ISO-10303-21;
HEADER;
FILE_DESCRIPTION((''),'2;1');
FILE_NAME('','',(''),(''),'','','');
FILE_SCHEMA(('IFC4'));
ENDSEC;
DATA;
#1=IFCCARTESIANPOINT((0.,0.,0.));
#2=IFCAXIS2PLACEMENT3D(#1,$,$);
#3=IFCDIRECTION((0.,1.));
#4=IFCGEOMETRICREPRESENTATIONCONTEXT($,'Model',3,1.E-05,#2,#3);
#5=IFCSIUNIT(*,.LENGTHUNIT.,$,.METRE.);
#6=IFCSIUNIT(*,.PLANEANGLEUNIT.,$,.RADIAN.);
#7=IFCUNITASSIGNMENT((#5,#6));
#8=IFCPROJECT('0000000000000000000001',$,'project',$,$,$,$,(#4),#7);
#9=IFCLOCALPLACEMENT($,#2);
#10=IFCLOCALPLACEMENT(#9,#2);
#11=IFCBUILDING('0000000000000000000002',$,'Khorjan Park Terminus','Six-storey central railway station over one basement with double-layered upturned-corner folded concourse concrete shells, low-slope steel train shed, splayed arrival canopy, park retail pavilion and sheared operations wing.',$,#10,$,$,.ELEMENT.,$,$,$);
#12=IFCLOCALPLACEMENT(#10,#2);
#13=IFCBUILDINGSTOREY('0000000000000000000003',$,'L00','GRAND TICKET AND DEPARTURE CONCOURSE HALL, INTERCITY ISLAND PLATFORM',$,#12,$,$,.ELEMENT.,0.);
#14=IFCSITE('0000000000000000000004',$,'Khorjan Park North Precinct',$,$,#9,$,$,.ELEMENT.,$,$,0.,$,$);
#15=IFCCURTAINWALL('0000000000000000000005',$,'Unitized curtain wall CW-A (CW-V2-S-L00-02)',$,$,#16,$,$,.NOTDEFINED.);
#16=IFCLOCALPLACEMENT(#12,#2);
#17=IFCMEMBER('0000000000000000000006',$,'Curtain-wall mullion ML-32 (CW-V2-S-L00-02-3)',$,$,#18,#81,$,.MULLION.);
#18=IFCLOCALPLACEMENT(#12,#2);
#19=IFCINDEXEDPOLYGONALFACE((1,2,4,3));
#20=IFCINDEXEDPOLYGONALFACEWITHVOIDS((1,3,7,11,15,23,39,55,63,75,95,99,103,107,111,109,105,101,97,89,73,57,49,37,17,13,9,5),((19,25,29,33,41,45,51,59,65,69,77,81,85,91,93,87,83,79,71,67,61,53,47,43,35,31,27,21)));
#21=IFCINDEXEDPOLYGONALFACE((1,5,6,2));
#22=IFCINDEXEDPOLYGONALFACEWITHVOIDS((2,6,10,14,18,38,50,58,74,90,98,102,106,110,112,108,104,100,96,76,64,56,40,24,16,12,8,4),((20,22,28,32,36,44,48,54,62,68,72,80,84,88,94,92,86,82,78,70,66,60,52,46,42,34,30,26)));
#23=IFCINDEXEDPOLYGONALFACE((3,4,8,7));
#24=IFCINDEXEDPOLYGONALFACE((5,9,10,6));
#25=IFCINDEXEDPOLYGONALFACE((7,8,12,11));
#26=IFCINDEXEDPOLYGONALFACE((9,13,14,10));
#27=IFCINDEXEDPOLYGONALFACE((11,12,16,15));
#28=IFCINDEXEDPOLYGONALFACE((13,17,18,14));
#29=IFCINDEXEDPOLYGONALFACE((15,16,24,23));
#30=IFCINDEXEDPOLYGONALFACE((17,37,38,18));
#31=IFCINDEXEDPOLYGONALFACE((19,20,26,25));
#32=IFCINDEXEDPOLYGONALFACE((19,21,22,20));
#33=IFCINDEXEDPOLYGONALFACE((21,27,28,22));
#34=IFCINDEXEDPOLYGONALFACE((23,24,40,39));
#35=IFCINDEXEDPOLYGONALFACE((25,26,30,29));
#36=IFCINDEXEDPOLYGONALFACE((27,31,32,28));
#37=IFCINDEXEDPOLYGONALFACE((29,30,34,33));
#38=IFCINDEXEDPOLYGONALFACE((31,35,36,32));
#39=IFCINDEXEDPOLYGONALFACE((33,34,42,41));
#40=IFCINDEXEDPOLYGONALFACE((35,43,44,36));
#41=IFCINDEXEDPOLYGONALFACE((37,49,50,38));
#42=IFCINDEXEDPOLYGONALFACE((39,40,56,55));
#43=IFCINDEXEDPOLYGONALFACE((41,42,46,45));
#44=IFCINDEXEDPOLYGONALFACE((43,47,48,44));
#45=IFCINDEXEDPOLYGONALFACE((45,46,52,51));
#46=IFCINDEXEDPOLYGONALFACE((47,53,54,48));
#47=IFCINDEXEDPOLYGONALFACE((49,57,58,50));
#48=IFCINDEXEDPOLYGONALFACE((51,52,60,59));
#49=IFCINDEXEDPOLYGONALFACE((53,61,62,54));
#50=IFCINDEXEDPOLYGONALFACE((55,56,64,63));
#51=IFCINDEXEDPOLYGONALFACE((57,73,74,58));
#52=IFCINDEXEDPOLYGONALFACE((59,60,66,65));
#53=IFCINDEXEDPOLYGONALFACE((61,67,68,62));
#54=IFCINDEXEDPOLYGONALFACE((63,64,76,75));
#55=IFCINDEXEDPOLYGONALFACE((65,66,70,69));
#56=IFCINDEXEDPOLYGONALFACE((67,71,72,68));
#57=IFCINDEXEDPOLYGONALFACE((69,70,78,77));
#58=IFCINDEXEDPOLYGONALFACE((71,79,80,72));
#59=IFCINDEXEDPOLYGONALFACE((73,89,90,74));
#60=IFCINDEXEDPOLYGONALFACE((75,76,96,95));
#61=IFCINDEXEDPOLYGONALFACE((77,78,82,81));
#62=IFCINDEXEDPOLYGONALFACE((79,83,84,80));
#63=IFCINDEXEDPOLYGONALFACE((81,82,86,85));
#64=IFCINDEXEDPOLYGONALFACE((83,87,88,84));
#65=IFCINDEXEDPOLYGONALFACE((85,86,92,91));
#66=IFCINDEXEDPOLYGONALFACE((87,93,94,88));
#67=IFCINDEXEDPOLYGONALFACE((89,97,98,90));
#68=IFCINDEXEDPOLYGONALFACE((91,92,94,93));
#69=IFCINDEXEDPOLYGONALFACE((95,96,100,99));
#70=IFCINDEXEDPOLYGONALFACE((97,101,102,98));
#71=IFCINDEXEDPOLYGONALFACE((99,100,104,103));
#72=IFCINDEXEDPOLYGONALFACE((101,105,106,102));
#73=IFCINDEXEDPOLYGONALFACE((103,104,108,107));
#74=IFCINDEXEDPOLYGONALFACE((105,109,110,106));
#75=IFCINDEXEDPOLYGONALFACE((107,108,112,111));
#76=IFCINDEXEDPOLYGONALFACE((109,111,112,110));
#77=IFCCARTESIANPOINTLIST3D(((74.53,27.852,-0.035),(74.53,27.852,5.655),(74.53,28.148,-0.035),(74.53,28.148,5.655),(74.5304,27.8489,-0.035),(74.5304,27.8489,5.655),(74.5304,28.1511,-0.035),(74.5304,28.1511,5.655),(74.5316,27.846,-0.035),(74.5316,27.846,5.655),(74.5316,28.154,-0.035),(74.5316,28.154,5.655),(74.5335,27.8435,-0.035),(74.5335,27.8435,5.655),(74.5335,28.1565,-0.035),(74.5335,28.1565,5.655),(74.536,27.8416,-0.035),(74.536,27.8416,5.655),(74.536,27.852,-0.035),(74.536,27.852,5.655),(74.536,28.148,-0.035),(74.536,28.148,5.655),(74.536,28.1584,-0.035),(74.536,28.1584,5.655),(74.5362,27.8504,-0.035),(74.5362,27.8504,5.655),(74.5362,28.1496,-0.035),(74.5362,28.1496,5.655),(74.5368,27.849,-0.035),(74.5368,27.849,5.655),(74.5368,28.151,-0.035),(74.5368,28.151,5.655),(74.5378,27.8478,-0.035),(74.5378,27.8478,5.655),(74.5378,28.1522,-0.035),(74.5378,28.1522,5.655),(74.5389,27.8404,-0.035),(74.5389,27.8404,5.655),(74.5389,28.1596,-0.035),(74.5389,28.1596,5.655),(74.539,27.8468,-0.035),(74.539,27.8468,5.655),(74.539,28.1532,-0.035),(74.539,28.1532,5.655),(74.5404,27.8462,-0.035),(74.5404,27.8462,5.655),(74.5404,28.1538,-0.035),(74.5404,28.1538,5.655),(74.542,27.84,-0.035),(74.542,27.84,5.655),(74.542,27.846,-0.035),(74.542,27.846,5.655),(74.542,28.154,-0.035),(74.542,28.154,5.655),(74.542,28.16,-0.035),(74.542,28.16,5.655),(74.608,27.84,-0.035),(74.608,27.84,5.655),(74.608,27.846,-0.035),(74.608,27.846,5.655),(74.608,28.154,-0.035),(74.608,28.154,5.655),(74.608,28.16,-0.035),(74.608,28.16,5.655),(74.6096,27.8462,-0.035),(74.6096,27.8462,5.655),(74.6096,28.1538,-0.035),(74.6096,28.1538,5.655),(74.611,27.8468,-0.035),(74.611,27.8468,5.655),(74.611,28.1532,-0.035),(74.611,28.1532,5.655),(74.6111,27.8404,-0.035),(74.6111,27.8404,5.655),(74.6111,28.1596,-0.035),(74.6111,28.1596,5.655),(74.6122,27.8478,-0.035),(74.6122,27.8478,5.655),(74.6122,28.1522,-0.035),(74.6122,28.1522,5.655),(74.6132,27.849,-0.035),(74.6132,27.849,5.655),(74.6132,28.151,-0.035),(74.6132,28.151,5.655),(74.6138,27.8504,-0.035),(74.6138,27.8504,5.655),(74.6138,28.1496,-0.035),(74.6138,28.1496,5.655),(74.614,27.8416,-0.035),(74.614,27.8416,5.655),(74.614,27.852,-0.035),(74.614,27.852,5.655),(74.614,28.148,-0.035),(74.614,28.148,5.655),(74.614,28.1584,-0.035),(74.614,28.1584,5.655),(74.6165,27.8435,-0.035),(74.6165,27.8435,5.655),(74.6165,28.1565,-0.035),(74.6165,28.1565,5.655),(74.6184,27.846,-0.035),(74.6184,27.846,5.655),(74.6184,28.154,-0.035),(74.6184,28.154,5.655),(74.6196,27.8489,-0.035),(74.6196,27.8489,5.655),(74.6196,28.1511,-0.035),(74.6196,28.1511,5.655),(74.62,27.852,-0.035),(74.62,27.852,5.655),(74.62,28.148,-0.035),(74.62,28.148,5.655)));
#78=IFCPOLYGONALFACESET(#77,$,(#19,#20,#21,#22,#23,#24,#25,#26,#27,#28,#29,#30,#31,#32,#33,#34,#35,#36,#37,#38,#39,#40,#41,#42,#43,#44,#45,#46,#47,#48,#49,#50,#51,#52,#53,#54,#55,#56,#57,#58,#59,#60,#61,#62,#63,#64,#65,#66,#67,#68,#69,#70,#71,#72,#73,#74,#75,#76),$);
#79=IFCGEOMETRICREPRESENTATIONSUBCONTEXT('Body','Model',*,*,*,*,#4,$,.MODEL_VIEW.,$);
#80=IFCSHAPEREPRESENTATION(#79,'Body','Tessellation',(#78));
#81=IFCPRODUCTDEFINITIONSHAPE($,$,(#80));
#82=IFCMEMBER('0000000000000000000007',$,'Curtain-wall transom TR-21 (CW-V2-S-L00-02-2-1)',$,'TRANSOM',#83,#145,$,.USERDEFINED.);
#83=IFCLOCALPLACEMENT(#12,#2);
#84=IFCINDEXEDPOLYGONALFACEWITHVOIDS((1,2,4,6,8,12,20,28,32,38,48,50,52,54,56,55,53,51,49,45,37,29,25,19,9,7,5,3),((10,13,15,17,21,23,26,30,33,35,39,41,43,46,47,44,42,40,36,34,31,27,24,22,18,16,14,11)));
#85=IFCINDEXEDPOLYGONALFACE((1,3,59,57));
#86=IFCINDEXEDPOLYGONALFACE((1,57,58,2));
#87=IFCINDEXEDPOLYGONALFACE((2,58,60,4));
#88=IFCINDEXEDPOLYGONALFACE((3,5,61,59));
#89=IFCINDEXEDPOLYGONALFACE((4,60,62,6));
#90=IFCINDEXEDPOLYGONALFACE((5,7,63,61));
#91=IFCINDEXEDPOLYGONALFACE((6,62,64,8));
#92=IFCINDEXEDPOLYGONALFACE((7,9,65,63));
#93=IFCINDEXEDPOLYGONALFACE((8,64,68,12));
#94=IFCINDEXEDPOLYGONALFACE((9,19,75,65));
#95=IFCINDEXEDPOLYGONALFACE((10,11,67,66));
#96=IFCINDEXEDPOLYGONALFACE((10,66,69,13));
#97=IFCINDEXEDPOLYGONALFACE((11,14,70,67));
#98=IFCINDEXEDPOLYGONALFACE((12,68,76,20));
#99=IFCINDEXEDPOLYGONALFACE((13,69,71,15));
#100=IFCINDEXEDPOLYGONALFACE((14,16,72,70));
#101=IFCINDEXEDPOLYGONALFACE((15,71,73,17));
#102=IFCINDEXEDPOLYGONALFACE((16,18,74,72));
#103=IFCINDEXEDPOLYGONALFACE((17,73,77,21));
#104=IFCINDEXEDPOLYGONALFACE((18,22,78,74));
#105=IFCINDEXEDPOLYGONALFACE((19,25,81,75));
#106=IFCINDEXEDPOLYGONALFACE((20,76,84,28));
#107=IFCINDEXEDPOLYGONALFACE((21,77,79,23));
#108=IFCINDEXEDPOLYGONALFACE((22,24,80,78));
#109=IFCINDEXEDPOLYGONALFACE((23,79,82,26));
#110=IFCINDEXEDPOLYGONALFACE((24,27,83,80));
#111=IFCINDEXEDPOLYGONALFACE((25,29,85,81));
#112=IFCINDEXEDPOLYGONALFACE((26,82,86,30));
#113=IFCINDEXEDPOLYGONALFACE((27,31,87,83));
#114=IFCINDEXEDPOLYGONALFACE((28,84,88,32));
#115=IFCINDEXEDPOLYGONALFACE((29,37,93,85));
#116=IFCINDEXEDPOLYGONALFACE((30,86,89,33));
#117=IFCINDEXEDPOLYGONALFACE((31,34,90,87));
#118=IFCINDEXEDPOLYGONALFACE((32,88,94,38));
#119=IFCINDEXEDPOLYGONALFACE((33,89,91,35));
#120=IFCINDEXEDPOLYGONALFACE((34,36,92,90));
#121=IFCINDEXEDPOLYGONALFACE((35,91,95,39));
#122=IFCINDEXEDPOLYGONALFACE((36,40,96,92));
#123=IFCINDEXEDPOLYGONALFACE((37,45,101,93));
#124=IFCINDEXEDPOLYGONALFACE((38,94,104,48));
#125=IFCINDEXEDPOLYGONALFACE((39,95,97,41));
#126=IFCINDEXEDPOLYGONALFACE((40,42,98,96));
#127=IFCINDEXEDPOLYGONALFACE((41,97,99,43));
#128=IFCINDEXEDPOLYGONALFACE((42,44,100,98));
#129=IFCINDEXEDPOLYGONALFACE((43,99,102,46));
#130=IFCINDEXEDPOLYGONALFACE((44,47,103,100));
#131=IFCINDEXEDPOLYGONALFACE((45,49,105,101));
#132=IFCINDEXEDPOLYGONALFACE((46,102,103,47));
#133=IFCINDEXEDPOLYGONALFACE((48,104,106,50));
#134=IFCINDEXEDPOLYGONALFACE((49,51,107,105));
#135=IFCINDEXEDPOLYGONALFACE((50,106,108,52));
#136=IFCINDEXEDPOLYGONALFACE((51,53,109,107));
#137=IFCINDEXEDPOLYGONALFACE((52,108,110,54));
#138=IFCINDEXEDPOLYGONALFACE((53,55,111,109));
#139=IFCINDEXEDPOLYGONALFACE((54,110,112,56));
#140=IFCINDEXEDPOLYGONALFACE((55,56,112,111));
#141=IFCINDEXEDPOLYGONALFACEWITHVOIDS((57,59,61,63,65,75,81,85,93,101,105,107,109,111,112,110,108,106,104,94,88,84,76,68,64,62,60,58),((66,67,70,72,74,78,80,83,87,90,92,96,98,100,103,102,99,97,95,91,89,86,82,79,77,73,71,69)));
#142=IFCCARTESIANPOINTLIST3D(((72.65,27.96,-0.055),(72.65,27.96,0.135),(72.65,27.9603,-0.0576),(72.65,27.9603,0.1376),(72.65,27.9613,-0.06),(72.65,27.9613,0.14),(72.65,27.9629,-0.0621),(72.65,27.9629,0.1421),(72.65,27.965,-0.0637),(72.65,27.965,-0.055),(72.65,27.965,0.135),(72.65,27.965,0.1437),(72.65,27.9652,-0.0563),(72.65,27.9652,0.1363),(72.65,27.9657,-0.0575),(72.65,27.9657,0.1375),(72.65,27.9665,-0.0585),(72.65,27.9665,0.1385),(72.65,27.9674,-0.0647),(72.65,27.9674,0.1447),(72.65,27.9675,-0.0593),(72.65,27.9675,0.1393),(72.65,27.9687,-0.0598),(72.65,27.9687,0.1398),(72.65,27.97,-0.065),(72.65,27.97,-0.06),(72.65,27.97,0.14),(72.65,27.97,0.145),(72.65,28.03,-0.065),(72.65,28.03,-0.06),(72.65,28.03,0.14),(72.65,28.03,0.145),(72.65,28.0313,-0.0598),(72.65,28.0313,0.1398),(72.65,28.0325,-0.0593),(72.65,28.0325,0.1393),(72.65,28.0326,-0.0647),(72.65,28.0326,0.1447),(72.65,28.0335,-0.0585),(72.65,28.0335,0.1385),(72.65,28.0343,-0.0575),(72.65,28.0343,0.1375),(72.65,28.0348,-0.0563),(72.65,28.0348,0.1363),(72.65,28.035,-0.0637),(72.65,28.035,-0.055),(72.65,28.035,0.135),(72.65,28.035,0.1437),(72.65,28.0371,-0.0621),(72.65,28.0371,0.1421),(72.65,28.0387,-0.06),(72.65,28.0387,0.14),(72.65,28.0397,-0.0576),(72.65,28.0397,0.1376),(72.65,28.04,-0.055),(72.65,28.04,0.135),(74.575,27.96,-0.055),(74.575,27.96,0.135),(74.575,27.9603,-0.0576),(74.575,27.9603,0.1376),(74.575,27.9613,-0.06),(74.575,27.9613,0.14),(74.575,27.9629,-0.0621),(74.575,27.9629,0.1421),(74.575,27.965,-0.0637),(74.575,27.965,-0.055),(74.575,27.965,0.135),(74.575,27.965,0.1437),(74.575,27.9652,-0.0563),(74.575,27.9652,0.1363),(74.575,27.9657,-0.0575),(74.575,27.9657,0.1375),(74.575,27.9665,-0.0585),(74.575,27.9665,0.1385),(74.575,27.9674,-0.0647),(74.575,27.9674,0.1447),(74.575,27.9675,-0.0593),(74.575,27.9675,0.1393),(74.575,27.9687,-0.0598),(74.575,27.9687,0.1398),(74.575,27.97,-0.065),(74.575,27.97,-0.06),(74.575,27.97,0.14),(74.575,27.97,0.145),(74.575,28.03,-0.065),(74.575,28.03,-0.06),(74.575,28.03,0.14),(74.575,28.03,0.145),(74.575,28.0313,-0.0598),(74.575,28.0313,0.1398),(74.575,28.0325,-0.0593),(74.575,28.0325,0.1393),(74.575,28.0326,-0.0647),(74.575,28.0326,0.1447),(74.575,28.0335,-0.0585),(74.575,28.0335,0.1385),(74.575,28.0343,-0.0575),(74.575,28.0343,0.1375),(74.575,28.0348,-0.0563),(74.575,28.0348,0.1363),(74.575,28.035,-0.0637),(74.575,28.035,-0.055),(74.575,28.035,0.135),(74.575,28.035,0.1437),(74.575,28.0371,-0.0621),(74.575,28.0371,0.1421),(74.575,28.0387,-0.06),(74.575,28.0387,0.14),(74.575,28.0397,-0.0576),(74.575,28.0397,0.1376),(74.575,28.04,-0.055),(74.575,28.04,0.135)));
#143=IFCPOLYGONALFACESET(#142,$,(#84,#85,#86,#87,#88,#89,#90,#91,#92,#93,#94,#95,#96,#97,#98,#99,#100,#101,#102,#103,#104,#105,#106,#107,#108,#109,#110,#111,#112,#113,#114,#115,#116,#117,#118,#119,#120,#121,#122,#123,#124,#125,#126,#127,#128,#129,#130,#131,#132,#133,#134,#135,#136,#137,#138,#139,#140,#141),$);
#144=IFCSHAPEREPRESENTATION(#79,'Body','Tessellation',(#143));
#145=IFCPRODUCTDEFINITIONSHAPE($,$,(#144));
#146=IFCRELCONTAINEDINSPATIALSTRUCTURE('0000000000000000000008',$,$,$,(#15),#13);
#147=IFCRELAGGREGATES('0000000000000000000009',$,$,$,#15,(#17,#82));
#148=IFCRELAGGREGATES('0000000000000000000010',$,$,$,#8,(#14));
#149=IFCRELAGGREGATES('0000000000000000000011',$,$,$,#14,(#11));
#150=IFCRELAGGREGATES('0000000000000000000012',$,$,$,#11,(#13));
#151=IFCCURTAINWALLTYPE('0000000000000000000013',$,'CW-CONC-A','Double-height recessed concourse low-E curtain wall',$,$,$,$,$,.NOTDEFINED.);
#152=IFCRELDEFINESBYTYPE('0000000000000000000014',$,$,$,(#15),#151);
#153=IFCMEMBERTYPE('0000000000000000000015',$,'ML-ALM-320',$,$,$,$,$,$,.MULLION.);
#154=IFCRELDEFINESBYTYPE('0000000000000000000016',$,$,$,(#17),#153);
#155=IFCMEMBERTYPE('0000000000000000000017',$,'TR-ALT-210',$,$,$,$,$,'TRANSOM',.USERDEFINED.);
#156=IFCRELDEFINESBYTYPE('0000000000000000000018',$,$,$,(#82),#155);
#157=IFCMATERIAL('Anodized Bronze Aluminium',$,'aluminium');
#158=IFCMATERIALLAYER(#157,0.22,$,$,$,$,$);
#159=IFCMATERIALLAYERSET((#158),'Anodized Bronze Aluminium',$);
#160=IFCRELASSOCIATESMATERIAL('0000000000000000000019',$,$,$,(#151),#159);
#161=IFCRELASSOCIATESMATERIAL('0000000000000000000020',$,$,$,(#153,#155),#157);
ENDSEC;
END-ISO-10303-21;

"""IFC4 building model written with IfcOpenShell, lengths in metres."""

from ifc_helpers import new_model, si_unit, direction, frame, origin, origin_2d, place, context, subcontext, project, spatial, hollow_rectangle, extrude, material, layer, layer_set, material_profile, profile_set, type_object, element, aggregate, save


model = new_model("IFC4")

# Units and contexts
model_context = context("Model", 3, precision=1e-05, world=origin(), true_north=direction((0.0, 1.0)))
body_context = subcontext(model_context, "Body", "Model", "MODEL_VIEW")
ifc_project = project(units=[si_unit("LENGTHUNIT", "METRE"), si_unit("PLANEANGLEUNIT", "RADIAN")], contexts=[model_context])

# Site, building, storey
site_placement = place(None, origin())
site = spatial("IfcSite", under=ifc_project, at=site_placement, Name="Khorjan Park North Precinct", CompositionType="ELEMENT", RefElevation=0.0)
building_placement = place(site_placement, origin())
building = spatial("IfcBuilding", under=site, at=building_placement, Name="Khorjan Park Terminus", Description="Six-storey central railway station over one basement with double-layered upturned-corner folded concourse concrete shells, low-slope steel train shed, splayed arrival canopy, park retail pavilion and sheared operations wing.", CompositionType="ELEMENT")
storey_placement = place(building_placement, origin())
storey = spatial("IfcBuildingStorey", under=building, at=storey_placement, Name="L00", Description="GRAND TICKET AND DEPARTURE CONCOURSE HALL, INTERCITY ISLAND PLATFORM", CompositionType="ELEMENT", Elevation=0.0)

# Curtain wall, members
ifc_material_1 = material(Name="Anodized Bronze Aluminium", Category="aluminium")
ifc_layer_1 = layer(ifc_material_1, 0.22)
ifc_layer_set_1 = layer_set([ifc_layer_1], Name="Anodized Bronze Aluminium")
curtain_wall_type = type_object("IfcCurtainWallType", Name="CW-CONC-A", Description="Double-height recessed concourse low-E curtain wall", PredefinedType="NOTDEFINED", material=ifc_layer_set_1)
curtain_wall_placement = place(storey_placement, origin())
curtain_wall = element("IfcCurtainWall", 1, at=curtain_wall_placement, inside=storey, type_object=curtain_wall_type, Name="Unitized curtain wall CW-A (CW-V2-S-L00-02)", PredefinedType="NOTDEFINED")
ifc_material_profile_1 = material_profile(ifc_material_1, hollow_rectangle(XDim=0.09, YDim=0.32, WallThickness=0.006, InnerFilletRadius=0.006, OuterFilletRadius=0.012, at=origin_2d()), Name="ALM 90x320x6")
ifc_profile_set_1 = profile_set([ifc_material_profile_1], Name="Anodized Bronze Aluminium")
member_type_1 = type_object("IfcMemberType", Name="ML-ALM-320", PredefinedType="MULLION", material=ifc_profile_set_1)
member_1_placement = place(storey_placement, frame((74.575, 28.0, -0.035), z_axis=(0.0, 0.0, 1.0), x_axis=(1.0, 0.0, 0.0)))
member_1 = element("IfcMember", 2, at=member_1_placement, type_object=member_type_1, Name="Curtain-wall mullion ML-32 (CW-V2-S-L00-02-3)", PredefinedType="MULLION", context=body_context, shape_type="SweptSolid", body=[
    extrude(hollow_rectangle(XDim=0.09, YDim=0.32, WallThickness=0.006, InnerFilletRadius=0.006, OuterFilletRadius=0.012, at=origin_2d()), origin(), (0.0, 0.0, 1.0), 5.69),
])
ifc_material_profile_2 = material_profile(ifc_material_1, hollow_rectangle(XDim=0.08, YDim=0.21, WallThickness=0.005, InnerFilletRadius=0.005, OuterFilletRadius=0.01, at=origin_2d()), Name="ALT 80x210x5")
ifc_profile_set_2 = profile_set([ifc_material_profile_2], Name="Anodized Bronze Aluminium")
member_type_2 = type_object("IfcMemberType", Name="TR-ALT-210", ElementType="TRANSOM", PredefinedType="USERDEFINED", material=ifc_profile_set_2)
member_2_placement = place(storey_placement, frame((72.65, 28.0, 0.04), z_axis=(1.0, 0.0, 0.0), x_axis=(0.0, 1.0, 0.0)))
member_2 = element("IfcMember", 3, at=member_2_placement, type_object=member_type_2, Name="Curtain-wall transom TR-21 (CW-V2-S-L00-02-2-1)", ObjectType="TRANSOM", PredefinedType="USERDEFINED", context=body_context, shape_type="SweptSolid", body=[
    extrude(hollow_rectangle(XDim=0.08, YDim=0.21, WallThickness=0.005, InnerFilletRadius=0.005, OuterFilletRadius=0.01, at=origin_2d()), origin(), (0.0, 0.0, 1.0), 1.925),
])
aggregate(curtain_wall, [member_1, member_2])

save(model, "model.ifc")
